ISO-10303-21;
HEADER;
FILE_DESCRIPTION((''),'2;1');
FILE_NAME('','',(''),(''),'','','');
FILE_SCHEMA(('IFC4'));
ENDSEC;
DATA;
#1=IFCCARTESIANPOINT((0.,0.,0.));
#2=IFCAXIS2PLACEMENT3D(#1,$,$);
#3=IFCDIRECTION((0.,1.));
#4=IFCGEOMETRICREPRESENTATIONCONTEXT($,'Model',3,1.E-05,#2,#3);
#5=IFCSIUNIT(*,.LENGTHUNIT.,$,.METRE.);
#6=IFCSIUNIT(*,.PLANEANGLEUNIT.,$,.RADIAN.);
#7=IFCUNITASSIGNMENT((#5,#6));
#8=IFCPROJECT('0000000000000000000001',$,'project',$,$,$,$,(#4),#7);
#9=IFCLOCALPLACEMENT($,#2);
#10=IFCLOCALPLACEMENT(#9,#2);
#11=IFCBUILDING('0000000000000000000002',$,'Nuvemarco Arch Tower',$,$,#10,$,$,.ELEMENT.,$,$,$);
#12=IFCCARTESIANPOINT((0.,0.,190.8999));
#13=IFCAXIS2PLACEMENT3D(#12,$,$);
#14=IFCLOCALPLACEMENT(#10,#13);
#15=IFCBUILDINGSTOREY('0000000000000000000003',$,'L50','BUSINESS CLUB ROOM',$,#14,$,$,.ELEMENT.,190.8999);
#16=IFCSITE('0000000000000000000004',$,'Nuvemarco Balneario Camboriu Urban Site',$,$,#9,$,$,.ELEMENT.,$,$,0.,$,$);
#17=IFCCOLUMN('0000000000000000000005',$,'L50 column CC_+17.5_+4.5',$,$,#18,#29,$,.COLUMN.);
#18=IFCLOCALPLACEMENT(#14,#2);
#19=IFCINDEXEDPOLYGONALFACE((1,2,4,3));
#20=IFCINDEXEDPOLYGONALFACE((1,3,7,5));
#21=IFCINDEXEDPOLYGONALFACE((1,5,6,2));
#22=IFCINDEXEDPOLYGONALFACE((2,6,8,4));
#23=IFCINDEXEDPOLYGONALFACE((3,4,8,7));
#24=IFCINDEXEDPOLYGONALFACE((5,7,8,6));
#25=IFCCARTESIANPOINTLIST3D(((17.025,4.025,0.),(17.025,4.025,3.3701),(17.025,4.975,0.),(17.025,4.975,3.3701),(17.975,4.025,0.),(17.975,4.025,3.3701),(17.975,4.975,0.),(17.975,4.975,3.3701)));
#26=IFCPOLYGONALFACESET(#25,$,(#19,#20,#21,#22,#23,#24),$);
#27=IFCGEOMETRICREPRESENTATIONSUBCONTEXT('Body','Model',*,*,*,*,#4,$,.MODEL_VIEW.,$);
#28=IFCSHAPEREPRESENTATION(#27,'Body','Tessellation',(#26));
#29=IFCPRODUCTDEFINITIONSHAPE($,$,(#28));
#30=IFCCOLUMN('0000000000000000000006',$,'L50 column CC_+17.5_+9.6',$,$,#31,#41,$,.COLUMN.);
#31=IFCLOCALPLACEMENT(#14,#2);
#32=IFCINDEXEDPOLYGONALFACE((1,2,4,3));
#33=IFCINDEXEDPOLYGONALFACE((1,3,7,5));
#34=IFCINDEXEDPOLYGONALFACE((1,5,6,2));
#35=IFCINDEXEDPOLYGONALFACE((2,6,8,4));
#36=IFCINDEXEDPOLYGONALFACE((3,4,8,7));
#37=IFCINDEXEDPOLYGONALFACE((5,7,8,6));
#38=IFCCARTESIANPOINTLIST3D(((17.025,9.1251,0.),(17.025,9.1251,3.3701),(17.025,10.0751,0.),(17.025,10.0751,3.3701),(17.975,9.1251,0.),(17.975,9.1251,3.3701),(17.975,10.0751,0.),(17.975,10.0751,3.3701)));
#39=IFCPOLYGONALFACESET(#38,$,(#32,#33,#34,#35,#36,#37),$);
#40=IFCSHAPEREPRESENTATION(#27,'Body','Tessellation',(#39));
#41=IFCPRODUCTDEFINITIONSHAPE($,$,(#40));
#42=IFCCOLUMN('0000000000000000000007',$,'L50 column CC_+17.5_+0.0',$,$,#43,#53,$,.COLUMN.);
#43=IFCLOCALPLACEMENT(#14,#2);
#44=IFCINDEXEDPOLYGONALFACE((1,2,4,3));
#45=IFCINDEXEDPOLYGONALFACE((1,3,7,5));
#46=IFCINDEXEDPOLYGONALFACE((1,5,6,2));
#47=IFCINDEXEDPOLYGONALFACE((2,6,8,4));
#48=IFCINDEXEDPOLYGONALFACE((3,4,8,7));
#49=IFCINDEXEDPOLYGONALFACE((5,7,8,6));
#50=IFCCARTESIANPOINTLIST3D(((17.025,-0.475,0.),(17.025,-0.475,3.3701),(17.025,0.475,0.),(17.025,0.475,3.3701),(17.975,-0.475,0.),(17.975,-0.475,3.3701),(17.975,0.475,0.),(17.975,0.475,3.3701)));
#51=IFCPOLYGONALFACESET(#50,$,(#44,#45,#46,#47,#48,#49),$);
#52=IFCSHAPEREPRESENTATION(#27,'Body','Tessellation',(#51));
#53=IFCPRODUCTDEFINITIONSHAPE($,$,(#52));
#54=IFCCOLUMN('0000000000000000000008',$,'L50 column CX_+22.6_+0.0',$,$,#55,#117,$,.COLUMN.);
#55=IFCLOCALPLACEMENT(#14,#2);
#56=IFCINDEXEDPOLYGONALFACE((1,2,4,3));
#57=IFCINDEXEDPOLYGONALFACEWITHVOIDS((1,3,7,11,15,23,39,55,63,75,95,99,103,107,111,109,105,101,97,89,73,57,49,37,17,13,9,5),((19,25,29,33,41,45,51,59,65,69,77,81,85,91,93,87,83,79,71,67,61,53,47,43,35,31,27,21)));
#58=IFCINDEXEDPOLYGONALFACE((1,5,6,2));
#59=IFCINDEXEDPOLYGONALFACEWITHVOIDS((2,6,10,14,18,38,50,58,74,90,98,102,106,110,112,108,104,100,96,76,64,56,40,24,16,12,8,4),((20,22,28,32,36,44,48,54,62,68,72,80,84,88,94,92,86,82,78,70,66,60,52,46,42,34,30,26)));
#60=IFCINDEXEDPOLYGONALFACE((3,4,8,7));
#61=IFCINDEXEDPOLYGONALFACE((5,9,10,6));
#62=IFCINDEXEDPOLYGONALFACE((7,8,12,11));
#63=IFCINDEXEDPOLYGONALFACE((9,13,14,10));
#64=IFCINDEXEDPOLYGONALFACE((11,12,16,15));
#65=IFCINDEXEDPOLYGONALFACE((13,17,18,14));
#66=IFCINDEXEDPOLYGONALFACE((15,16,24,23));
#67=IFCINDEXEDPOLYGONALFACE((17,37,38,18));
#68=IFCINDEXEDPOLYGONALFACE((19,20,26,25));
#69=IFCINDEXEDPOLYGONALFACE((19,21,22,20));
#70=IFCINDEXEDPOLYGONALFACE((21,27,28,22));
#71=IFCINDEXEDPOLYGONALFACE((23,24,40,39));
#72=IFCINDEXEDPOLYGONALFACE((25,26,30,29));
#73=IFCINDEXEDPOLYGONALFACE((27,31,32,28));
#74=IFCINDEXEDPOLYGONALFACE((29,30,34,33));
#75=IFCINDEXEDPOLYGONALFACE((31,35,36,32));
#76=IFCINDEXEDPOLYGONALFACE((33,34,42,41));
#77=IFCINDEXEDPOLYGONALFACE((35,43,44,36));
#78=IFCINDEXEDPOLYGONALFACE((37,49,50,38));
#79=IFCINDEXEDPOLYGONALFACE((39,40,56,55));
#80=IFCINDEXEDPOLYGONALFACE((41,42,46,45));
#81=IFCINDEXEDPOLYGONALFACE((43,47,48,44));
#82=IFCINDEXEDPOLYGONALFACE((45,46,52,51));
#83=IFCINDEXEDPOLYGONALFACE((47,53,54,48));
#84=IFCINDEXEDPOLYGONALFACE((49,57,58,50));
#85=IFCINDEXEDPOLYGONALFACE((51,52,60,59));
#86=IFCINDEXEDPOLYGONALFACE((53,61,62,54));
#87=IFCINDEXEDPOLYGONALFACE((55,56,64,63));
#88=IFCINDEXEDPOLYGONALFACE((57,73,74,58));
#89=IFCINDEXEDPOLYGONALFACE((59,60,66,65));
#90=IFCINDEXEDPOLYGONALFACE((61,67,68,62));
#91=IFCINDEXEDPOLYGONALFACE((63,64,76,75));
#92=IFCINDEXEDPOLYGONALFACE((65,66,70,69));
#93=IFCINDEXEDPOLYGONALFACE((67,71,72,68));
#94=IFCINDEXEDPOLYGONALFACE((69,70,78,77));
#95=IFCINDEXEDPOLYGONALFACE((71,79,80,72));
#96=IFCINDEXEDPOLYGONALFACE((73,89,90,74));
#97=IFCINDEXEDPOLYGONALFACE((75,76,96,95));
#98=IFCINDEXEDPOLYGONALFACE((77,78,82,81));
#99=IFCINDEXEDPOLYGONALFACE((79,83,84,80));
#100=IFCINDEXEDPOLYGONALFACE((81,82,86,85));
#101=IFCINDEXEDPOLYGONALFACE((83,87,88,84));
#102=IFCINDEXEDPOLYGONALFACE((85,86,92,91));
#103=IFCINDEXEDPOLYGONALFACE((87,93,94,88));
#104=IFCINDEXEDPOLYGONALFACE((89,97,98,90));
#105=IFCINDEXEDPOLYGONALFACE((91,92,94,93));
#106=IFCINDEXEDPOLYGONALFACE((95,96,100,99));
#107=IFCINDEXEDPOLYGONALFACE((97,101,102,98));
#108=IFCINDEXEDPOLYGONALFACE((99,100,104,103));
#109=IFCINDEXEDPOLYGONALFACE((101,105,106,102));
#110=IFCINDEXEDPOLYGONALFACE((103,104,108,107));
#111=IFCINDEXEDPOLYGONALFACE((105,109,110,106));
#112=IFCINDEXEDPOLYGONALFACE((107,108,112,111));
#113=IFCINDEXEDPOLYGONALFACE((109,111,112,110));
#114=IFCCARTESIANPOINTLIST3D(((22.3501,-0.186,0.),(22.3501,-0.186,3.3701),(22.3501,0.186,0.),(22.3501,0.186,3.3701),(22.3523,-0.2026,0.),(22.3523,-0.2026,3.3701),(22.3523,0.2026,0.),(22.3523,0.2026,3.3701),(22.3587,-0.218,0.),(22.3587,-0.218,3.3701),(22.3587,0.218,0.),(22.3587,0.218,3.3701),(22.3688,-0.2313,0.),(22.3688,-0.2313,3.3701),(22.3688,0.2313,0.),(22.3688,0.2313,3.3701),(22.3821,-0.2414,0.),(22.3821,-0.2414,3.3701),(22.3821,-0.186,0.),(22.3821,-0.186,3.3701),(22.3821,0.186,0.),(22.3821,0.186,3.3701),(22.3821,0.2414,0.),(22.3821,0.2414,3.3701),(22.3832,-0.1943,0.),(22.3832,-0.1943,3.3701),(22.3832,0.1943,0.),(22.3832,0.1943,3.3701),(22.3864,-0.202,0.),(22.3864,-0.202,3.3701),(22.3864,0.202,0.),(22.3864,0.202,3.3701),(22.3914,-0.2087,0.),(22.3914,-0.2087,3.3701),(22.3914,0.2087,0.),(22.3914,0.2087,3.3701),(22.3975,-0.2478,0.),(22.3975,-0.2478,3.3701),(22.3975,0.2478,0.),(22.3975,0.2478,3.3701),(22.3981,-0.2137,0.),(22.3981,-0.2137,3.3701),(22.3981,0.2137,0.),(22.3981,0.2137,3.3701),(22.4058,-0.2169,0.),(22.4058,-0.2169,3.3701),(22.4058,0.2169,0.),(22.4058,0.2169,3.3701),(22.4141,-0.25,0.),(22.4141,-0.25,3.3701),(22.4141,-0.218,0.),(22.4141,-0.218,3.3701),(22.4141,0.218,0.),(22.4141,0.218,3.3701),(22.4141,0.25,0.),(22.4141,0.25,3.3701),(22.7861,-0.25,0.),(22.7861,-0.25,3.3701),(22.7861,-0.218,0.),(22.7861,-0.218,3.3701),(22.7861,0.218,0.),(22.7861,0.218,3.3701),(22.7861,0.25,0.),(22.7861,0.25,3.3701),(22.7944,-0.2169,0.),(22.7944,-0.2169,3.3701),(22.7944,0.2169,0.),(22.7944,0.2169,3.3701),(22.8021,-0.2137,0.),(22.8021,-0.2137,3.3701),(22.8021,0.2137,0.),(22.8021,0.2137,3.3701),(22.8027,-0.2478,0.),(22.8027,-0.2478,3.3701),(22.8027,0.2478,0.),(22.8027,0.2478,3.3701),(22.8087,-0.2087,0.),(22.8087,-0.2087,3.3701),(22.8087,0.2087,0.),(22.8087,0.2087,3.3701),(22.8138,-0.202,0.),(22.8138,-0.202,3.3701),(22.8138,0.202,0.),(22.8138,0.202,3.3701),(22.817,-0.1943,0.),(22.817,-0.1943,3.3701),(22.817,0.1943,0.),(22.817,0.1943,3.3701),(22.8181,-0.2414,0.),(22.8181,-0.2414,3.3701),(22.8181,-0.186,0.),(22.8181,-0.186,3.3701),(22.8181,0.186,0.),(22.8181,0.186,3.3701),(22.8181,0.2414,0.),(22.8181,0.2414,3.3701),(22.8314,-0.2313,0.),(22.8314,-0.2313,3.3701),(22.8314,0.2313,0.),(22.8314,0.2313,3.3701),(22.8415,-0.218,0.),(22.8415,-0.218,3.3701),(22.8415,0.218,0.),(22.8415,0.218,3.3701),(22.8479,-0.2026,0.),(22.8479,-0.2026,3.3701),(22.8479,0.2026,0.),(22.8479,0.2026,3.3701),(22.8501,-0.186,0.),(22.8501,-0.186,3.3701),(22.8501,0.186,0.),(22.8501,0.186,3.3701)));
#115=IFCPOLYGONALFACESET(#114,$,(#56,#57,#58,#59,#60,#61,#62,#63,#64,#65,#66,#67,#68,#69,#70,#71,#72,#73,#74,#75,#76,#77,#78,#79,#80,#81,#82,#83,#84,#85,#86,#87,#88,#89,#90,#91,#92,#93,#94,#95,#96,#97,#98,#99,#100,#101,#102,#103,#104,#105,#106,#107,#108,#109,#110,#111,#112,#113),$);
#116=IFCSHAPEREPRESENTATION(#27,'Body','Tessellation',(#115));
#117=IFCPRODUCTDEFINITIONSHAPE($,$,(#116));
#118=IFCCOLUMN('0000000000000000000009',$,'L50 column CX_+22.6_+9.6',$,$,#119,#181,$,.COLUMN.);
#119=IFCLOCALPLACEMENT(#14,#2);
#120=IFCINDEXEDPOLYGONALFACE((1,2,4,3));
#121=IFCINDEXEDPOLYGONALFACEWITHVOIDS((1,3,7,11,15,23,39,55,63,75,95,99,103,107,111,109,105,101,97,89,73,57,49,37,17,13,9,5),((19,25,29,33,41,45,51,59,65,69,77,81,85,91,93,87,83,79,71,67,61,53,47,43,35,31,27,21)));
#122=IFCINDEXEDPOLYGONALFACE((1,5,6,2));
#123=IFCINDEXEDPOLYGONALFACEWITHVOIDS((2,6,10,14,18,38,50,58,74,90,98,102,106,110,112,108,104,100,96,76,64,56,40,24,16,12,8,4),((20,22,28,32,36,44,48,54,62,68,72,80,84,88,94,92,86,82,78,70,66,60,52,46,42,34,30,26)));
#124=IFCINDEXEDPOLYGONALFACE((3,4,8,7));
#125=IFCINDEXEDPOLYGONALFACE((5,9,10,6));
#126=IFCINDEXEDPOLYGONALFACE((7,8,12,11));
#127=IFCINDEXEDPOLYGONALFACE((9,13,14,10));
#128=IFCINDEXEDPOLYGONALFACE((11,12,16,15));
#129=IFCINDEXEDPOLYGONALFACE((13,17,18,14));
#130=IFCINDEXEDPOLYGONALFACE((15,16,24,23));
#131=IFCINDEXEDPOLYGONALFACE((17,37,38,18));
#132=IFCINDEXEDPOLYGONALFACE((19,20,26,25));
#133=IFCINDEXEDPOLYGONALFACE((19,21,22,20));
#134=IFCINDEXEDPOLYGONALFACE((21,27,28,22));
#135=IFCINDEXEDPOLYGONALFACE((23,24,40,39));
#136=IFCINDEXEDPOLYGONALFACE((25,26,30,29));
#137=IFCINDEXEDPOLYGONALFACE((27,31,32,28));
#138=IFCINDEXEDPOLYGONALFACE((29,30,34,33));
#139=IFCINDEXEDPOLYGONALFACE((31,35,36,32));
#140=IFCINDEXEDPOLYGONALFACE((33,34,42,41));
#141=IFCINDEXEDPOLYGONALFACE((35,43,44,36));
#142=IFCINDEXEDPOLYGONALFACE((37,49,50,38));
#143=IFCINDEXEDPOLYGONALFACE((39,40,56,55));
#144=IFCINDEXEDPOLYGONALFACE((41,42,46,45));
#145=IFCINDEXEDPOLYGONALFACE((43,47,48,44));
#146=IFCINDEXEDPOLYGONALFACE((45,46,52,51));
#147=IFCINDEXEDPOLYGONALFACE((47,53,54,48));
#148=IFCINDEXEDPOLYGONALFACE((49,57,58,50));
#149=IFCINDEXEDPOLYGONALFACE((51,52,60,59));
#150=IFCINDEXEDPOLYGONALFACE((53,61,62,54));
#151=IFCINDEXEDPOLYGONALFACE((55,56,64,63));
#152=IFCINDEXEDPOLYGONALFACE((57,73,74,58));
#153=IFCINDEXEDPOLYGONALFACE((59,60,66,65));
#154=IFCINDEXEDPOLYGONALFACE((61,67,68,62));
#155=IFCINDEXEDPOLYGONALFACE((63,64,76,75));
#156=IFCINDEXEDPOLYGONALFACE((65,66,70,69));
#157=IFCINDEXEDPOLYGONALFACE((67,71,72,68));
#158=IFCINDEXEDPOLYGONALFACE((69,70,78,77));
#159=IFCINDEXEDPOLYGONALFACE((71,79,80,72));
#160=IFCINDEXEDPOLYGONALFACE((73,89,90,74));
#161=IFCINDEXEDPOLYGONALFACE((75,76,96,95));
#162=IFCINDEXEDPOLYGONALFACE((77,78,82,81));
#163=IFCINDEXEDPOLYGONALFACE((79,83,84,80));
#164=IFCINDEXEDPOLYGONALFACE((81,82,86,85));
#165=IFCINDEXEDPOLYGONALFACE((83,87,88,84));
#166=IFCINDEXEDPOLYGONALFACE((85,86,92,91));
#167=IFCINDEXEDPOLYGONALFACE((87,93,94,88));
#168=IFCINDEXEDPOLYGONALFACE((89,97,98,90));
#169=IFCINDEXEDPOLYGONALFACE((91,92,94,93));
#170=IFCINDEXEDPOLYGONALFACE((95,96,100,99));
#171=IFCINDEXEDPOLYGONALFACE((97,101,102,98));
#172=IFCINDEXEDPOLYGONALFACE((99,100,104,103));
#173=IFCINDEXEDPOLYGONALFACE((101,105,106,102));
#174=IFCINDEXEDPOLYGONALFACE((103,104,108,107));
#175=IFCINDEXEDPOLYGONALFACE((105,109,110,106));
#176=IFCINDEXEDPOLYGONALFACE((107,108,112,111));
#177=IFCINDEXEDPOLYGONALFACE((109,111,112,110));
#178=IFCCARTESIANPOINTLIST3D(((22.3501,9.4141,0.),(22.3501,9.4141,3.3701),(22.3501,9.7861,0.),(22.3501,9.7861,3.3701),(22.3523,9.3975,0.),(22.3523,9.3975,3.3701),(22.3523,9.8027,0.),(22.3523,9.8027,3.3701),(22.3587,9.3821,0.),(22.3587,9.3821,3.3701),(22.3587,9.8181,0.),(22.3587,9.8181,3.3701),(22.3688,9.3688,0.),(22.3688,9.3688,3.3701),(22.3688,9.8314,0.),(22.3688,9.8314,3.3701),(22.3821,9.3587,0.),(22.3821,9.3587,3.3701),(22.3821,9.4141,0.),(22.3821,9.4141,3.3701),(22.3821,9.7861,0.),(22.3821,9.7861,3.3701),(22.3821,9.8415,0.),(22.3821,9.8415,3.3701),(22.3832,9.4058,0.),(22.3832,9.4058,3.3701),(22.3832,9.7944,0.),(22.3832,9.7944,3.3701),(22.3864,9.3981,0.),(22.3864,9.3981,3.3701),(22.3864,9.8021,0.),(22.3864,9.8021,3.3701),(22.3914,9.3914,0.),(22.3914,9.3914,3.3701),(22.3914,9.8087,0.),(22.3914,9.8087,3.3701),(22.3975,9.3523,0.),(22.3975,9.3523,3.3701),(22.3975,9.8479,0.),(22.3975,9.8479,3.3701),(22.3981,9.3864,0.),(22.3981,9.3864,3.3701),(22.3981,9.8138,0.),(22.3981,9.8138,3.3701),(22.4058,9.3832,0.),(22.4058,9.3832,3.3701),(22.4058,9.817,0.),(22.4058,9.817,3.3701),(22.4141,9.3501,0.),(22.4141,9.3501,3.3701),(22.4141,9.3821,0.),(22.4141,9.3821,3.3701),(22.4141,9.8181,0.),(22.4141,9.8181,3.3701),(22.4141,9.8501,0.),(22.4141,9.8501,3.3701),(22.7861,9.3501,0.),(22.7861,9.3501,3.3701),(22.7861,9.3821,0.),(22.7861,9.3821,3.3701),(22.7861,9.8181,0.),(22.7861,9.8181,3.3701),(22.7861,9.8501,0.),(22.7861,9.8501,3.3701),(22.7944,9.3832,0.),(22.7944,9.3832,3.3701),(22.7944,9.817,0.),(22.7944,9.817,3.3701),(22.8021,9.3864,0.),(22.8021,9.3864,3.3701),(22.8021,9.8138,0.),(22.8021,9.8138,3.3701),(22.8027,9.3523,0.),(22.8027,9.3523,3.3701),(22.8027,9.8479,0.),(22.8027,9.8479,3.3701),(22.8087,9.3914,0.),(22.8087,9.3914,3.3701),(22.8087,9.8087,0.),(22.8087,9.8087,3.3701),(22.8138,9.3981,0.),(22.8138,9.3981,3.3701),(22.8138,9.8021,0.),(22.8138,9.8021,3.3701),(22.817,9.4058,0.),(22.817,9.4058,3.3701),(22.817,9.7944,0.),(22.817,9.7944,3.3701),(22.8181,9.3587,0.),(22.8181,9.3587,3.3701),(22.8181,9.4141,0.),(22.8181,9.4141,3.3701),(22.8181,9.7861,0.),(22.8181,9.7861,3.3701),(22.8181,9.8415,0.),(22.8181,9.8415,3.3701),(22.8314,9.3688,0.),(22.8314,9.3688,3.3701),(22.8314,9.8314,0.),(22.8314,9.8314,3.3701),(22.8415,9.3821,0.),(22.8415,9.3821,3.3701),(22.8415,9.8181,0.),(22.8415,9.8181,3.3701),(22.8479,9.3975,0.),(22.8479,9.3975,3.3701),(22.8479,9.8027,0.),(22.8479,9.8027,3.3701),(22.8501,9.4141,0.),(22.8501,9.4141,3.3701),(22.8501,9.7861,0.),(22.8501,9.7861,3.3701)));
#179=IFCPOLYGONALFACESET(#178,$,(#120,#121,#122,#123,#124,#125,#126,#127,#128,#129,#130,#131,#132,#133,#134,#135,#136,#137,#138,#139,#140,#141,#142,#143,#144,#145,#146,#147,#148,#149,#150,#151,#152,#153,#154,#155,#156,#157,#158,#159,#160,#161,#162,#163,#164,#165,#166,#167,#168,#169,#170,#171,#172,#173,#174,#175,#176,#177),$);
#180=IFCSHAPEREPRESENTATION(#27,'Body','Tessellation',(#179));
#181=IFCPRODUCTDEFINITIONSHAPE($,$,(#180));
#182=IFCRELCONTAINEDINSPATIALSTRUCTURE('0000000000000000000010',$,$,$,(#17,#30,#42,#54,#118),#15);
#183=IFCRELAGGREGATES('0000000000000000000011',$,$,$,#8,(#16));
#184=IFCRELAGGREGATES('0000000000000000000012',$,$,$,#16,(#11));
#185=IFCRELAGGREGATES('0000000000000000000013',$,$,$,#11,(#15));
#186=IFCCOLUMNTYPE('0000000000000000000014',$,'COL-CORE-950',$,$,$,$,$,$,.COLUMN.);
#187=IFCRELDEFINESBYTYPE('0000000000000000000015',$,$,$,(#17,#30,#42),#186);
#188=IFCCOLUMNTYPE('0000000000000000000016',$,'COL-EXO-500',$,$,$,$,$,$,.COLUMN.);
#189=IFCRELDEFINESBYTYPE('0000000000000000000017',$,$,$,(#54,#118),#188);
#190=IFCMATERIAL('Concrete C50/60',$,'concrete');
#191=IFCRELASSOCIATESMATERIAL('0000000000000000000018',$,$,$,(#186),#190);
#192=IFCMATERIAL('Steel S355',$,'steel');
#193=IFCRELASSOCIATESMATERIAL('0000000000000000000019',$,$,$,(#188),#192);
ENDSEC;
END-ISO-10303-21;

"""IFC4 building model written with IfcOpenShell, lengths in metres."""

from ifc_helpers import new_model, si_unit, direction, frame, origin, origin_2d, place, context, subcontext, project, spatial, rectangle, hollow_rectangle, extrude, material, material_profile, profile_set, type_object, element, save


model = new_model("IFC4")

# Units and contexts
model_context = context("Model", 3, precision=1e-05, world=origin(), true_north=direction((0.0, 1.0)))
body_context = subcontext(model_context, "Body", "Model", "MODEL_VIEW")
ifc_project = project(units=[si_unit("LENGTHUNIT", "METRE"), si_unit("PLANEANGLEUNIT", "RADIAN")], contexts=[model_context])

# Site, building, storey
site_placement = place(None, origin())
site = spatial("IfcSite", under=ifc_project, at=site_placement, Name="Nuvemarco Balneario Camboriu Urban Site", CompositionType="ELEMENT", RefElevation=0.0)
building_placement = place(site_placement, origin())
building = spatial("IfcBuilding", under=site, at=building_placement, Name="Nuvemarco Arch Tower", CompositionType="ELEMENT")
storey_placement = place(building_placement, frame((0.0, 0.0, 190.8999)))
storey = spatial("IfcBuildingStorey", under=building, at=storey_placement, Name="L50", Description="BUSINESS CLUB ROOM", CompositionType="ELEMENT", Elevation=190.8999)

# Columns
ifc_material_1 = material(Name="Concrete C50/60", Category="concrete")
ifc_material_profile_1 = material_profile(ifc_material_1, rectangle(XDim=0.95, YDim=0.95, at=origin_2d()), Name="RC-COL-950x950")
ifc_profile_set_1 = profile_set([ifc_material_profile_1], Name="Concrete C50/60")
column_type_1 = type_object("IfcColumnType", Name="COL-CORE-950", PredefinedType="COLUMN", material=ifc_profile_set_1)
for number, where, z_axis, x_axis, name in (
    (1, (17.5, 4.5, 0.0), (0.0, 0.0, 1.0), (1.0, 0.0, 0.0), "L50 column CC_+17.5_+4.5"),
    (2, (17.5, 9.6001, 0.0), (0.0, 0.0, 1.0), (1.0, 0.0, 0.0), "L50 column CC_+17.5_+9.6"),
    (3, (17.5, 0.0, 0.0), (0.0, 0.0, 1.0), (1.0, 0.0, 0.0), "L50 column CC_+17.5_+0.0"),
):
    element("IfcColumn", number, at=place(storey_placement, frame(where, z_axis=z_axis, x_axis=x_axis)), inside=storey, type_object=column_type_1, Name=name, PredefinedType="COLUMN", context=body_context, shape_type="SweptSolid", body=[
        extrude(rectangle(XDim=0.95, YDim=0.95, at=origin_2d()), origin(), (0.0, 0.0, 1.0), 3.3701),
    ])
ifc_material_2 = material(Name="Steel S355", Category="steel")
ifc_material_profile_2 = material_profile(ifc_material_2, hollow_rectangle(XDim=0.5, YDim=0.5, WallThickness=0.032, InnerFilletRadius=0.032, OuterFilletRadius=0.064, at=origin_2d()), Name="SHS500x500x32")
ifc_profile_set_2 = profile_set([ifc_material_profile_2], Name="Steel S355")
column_type_2 = type_object("IfcColumnType", Name="COL-EXO-500", PredefinedType="COLUMN", material=ifc_profile_set_2)
for number, where, z_axis, x_axis, name in (
    (4, (22.6001, 0.0, 0.0), (0.0, 0.0, 1.0), (1.0, 0.0, 0.0), "L50 column CX_+22.6_+0.0"),
    (5, (22.6001, 9.6001, 0.0), (0.0, 0.0, 1.0), (1.0, 0.0, 0.0), "L50 column CX_+22.6_+9.6"),
):
    element("IfcColumn", number, at=place(storey_placement, frame(where, z_axis=z_axis, x_axis=x_axis)), inside=storey, type_object=column_type_2, Name=name, PredefinedType="COLUMN", context=body_context, shape_type="SweptSolid", body=[
        extrude(hollow_rectangle(XDim=0.5, YDim=0.5, WallThickness=0.032, InnerFilletRadius=0.032, OuterFilletRadius=0.064, at=origin_2d()), origin(), (0.0, 0.0, 1.0), 3.3701),
    ])

save(model, "model.ifc")
